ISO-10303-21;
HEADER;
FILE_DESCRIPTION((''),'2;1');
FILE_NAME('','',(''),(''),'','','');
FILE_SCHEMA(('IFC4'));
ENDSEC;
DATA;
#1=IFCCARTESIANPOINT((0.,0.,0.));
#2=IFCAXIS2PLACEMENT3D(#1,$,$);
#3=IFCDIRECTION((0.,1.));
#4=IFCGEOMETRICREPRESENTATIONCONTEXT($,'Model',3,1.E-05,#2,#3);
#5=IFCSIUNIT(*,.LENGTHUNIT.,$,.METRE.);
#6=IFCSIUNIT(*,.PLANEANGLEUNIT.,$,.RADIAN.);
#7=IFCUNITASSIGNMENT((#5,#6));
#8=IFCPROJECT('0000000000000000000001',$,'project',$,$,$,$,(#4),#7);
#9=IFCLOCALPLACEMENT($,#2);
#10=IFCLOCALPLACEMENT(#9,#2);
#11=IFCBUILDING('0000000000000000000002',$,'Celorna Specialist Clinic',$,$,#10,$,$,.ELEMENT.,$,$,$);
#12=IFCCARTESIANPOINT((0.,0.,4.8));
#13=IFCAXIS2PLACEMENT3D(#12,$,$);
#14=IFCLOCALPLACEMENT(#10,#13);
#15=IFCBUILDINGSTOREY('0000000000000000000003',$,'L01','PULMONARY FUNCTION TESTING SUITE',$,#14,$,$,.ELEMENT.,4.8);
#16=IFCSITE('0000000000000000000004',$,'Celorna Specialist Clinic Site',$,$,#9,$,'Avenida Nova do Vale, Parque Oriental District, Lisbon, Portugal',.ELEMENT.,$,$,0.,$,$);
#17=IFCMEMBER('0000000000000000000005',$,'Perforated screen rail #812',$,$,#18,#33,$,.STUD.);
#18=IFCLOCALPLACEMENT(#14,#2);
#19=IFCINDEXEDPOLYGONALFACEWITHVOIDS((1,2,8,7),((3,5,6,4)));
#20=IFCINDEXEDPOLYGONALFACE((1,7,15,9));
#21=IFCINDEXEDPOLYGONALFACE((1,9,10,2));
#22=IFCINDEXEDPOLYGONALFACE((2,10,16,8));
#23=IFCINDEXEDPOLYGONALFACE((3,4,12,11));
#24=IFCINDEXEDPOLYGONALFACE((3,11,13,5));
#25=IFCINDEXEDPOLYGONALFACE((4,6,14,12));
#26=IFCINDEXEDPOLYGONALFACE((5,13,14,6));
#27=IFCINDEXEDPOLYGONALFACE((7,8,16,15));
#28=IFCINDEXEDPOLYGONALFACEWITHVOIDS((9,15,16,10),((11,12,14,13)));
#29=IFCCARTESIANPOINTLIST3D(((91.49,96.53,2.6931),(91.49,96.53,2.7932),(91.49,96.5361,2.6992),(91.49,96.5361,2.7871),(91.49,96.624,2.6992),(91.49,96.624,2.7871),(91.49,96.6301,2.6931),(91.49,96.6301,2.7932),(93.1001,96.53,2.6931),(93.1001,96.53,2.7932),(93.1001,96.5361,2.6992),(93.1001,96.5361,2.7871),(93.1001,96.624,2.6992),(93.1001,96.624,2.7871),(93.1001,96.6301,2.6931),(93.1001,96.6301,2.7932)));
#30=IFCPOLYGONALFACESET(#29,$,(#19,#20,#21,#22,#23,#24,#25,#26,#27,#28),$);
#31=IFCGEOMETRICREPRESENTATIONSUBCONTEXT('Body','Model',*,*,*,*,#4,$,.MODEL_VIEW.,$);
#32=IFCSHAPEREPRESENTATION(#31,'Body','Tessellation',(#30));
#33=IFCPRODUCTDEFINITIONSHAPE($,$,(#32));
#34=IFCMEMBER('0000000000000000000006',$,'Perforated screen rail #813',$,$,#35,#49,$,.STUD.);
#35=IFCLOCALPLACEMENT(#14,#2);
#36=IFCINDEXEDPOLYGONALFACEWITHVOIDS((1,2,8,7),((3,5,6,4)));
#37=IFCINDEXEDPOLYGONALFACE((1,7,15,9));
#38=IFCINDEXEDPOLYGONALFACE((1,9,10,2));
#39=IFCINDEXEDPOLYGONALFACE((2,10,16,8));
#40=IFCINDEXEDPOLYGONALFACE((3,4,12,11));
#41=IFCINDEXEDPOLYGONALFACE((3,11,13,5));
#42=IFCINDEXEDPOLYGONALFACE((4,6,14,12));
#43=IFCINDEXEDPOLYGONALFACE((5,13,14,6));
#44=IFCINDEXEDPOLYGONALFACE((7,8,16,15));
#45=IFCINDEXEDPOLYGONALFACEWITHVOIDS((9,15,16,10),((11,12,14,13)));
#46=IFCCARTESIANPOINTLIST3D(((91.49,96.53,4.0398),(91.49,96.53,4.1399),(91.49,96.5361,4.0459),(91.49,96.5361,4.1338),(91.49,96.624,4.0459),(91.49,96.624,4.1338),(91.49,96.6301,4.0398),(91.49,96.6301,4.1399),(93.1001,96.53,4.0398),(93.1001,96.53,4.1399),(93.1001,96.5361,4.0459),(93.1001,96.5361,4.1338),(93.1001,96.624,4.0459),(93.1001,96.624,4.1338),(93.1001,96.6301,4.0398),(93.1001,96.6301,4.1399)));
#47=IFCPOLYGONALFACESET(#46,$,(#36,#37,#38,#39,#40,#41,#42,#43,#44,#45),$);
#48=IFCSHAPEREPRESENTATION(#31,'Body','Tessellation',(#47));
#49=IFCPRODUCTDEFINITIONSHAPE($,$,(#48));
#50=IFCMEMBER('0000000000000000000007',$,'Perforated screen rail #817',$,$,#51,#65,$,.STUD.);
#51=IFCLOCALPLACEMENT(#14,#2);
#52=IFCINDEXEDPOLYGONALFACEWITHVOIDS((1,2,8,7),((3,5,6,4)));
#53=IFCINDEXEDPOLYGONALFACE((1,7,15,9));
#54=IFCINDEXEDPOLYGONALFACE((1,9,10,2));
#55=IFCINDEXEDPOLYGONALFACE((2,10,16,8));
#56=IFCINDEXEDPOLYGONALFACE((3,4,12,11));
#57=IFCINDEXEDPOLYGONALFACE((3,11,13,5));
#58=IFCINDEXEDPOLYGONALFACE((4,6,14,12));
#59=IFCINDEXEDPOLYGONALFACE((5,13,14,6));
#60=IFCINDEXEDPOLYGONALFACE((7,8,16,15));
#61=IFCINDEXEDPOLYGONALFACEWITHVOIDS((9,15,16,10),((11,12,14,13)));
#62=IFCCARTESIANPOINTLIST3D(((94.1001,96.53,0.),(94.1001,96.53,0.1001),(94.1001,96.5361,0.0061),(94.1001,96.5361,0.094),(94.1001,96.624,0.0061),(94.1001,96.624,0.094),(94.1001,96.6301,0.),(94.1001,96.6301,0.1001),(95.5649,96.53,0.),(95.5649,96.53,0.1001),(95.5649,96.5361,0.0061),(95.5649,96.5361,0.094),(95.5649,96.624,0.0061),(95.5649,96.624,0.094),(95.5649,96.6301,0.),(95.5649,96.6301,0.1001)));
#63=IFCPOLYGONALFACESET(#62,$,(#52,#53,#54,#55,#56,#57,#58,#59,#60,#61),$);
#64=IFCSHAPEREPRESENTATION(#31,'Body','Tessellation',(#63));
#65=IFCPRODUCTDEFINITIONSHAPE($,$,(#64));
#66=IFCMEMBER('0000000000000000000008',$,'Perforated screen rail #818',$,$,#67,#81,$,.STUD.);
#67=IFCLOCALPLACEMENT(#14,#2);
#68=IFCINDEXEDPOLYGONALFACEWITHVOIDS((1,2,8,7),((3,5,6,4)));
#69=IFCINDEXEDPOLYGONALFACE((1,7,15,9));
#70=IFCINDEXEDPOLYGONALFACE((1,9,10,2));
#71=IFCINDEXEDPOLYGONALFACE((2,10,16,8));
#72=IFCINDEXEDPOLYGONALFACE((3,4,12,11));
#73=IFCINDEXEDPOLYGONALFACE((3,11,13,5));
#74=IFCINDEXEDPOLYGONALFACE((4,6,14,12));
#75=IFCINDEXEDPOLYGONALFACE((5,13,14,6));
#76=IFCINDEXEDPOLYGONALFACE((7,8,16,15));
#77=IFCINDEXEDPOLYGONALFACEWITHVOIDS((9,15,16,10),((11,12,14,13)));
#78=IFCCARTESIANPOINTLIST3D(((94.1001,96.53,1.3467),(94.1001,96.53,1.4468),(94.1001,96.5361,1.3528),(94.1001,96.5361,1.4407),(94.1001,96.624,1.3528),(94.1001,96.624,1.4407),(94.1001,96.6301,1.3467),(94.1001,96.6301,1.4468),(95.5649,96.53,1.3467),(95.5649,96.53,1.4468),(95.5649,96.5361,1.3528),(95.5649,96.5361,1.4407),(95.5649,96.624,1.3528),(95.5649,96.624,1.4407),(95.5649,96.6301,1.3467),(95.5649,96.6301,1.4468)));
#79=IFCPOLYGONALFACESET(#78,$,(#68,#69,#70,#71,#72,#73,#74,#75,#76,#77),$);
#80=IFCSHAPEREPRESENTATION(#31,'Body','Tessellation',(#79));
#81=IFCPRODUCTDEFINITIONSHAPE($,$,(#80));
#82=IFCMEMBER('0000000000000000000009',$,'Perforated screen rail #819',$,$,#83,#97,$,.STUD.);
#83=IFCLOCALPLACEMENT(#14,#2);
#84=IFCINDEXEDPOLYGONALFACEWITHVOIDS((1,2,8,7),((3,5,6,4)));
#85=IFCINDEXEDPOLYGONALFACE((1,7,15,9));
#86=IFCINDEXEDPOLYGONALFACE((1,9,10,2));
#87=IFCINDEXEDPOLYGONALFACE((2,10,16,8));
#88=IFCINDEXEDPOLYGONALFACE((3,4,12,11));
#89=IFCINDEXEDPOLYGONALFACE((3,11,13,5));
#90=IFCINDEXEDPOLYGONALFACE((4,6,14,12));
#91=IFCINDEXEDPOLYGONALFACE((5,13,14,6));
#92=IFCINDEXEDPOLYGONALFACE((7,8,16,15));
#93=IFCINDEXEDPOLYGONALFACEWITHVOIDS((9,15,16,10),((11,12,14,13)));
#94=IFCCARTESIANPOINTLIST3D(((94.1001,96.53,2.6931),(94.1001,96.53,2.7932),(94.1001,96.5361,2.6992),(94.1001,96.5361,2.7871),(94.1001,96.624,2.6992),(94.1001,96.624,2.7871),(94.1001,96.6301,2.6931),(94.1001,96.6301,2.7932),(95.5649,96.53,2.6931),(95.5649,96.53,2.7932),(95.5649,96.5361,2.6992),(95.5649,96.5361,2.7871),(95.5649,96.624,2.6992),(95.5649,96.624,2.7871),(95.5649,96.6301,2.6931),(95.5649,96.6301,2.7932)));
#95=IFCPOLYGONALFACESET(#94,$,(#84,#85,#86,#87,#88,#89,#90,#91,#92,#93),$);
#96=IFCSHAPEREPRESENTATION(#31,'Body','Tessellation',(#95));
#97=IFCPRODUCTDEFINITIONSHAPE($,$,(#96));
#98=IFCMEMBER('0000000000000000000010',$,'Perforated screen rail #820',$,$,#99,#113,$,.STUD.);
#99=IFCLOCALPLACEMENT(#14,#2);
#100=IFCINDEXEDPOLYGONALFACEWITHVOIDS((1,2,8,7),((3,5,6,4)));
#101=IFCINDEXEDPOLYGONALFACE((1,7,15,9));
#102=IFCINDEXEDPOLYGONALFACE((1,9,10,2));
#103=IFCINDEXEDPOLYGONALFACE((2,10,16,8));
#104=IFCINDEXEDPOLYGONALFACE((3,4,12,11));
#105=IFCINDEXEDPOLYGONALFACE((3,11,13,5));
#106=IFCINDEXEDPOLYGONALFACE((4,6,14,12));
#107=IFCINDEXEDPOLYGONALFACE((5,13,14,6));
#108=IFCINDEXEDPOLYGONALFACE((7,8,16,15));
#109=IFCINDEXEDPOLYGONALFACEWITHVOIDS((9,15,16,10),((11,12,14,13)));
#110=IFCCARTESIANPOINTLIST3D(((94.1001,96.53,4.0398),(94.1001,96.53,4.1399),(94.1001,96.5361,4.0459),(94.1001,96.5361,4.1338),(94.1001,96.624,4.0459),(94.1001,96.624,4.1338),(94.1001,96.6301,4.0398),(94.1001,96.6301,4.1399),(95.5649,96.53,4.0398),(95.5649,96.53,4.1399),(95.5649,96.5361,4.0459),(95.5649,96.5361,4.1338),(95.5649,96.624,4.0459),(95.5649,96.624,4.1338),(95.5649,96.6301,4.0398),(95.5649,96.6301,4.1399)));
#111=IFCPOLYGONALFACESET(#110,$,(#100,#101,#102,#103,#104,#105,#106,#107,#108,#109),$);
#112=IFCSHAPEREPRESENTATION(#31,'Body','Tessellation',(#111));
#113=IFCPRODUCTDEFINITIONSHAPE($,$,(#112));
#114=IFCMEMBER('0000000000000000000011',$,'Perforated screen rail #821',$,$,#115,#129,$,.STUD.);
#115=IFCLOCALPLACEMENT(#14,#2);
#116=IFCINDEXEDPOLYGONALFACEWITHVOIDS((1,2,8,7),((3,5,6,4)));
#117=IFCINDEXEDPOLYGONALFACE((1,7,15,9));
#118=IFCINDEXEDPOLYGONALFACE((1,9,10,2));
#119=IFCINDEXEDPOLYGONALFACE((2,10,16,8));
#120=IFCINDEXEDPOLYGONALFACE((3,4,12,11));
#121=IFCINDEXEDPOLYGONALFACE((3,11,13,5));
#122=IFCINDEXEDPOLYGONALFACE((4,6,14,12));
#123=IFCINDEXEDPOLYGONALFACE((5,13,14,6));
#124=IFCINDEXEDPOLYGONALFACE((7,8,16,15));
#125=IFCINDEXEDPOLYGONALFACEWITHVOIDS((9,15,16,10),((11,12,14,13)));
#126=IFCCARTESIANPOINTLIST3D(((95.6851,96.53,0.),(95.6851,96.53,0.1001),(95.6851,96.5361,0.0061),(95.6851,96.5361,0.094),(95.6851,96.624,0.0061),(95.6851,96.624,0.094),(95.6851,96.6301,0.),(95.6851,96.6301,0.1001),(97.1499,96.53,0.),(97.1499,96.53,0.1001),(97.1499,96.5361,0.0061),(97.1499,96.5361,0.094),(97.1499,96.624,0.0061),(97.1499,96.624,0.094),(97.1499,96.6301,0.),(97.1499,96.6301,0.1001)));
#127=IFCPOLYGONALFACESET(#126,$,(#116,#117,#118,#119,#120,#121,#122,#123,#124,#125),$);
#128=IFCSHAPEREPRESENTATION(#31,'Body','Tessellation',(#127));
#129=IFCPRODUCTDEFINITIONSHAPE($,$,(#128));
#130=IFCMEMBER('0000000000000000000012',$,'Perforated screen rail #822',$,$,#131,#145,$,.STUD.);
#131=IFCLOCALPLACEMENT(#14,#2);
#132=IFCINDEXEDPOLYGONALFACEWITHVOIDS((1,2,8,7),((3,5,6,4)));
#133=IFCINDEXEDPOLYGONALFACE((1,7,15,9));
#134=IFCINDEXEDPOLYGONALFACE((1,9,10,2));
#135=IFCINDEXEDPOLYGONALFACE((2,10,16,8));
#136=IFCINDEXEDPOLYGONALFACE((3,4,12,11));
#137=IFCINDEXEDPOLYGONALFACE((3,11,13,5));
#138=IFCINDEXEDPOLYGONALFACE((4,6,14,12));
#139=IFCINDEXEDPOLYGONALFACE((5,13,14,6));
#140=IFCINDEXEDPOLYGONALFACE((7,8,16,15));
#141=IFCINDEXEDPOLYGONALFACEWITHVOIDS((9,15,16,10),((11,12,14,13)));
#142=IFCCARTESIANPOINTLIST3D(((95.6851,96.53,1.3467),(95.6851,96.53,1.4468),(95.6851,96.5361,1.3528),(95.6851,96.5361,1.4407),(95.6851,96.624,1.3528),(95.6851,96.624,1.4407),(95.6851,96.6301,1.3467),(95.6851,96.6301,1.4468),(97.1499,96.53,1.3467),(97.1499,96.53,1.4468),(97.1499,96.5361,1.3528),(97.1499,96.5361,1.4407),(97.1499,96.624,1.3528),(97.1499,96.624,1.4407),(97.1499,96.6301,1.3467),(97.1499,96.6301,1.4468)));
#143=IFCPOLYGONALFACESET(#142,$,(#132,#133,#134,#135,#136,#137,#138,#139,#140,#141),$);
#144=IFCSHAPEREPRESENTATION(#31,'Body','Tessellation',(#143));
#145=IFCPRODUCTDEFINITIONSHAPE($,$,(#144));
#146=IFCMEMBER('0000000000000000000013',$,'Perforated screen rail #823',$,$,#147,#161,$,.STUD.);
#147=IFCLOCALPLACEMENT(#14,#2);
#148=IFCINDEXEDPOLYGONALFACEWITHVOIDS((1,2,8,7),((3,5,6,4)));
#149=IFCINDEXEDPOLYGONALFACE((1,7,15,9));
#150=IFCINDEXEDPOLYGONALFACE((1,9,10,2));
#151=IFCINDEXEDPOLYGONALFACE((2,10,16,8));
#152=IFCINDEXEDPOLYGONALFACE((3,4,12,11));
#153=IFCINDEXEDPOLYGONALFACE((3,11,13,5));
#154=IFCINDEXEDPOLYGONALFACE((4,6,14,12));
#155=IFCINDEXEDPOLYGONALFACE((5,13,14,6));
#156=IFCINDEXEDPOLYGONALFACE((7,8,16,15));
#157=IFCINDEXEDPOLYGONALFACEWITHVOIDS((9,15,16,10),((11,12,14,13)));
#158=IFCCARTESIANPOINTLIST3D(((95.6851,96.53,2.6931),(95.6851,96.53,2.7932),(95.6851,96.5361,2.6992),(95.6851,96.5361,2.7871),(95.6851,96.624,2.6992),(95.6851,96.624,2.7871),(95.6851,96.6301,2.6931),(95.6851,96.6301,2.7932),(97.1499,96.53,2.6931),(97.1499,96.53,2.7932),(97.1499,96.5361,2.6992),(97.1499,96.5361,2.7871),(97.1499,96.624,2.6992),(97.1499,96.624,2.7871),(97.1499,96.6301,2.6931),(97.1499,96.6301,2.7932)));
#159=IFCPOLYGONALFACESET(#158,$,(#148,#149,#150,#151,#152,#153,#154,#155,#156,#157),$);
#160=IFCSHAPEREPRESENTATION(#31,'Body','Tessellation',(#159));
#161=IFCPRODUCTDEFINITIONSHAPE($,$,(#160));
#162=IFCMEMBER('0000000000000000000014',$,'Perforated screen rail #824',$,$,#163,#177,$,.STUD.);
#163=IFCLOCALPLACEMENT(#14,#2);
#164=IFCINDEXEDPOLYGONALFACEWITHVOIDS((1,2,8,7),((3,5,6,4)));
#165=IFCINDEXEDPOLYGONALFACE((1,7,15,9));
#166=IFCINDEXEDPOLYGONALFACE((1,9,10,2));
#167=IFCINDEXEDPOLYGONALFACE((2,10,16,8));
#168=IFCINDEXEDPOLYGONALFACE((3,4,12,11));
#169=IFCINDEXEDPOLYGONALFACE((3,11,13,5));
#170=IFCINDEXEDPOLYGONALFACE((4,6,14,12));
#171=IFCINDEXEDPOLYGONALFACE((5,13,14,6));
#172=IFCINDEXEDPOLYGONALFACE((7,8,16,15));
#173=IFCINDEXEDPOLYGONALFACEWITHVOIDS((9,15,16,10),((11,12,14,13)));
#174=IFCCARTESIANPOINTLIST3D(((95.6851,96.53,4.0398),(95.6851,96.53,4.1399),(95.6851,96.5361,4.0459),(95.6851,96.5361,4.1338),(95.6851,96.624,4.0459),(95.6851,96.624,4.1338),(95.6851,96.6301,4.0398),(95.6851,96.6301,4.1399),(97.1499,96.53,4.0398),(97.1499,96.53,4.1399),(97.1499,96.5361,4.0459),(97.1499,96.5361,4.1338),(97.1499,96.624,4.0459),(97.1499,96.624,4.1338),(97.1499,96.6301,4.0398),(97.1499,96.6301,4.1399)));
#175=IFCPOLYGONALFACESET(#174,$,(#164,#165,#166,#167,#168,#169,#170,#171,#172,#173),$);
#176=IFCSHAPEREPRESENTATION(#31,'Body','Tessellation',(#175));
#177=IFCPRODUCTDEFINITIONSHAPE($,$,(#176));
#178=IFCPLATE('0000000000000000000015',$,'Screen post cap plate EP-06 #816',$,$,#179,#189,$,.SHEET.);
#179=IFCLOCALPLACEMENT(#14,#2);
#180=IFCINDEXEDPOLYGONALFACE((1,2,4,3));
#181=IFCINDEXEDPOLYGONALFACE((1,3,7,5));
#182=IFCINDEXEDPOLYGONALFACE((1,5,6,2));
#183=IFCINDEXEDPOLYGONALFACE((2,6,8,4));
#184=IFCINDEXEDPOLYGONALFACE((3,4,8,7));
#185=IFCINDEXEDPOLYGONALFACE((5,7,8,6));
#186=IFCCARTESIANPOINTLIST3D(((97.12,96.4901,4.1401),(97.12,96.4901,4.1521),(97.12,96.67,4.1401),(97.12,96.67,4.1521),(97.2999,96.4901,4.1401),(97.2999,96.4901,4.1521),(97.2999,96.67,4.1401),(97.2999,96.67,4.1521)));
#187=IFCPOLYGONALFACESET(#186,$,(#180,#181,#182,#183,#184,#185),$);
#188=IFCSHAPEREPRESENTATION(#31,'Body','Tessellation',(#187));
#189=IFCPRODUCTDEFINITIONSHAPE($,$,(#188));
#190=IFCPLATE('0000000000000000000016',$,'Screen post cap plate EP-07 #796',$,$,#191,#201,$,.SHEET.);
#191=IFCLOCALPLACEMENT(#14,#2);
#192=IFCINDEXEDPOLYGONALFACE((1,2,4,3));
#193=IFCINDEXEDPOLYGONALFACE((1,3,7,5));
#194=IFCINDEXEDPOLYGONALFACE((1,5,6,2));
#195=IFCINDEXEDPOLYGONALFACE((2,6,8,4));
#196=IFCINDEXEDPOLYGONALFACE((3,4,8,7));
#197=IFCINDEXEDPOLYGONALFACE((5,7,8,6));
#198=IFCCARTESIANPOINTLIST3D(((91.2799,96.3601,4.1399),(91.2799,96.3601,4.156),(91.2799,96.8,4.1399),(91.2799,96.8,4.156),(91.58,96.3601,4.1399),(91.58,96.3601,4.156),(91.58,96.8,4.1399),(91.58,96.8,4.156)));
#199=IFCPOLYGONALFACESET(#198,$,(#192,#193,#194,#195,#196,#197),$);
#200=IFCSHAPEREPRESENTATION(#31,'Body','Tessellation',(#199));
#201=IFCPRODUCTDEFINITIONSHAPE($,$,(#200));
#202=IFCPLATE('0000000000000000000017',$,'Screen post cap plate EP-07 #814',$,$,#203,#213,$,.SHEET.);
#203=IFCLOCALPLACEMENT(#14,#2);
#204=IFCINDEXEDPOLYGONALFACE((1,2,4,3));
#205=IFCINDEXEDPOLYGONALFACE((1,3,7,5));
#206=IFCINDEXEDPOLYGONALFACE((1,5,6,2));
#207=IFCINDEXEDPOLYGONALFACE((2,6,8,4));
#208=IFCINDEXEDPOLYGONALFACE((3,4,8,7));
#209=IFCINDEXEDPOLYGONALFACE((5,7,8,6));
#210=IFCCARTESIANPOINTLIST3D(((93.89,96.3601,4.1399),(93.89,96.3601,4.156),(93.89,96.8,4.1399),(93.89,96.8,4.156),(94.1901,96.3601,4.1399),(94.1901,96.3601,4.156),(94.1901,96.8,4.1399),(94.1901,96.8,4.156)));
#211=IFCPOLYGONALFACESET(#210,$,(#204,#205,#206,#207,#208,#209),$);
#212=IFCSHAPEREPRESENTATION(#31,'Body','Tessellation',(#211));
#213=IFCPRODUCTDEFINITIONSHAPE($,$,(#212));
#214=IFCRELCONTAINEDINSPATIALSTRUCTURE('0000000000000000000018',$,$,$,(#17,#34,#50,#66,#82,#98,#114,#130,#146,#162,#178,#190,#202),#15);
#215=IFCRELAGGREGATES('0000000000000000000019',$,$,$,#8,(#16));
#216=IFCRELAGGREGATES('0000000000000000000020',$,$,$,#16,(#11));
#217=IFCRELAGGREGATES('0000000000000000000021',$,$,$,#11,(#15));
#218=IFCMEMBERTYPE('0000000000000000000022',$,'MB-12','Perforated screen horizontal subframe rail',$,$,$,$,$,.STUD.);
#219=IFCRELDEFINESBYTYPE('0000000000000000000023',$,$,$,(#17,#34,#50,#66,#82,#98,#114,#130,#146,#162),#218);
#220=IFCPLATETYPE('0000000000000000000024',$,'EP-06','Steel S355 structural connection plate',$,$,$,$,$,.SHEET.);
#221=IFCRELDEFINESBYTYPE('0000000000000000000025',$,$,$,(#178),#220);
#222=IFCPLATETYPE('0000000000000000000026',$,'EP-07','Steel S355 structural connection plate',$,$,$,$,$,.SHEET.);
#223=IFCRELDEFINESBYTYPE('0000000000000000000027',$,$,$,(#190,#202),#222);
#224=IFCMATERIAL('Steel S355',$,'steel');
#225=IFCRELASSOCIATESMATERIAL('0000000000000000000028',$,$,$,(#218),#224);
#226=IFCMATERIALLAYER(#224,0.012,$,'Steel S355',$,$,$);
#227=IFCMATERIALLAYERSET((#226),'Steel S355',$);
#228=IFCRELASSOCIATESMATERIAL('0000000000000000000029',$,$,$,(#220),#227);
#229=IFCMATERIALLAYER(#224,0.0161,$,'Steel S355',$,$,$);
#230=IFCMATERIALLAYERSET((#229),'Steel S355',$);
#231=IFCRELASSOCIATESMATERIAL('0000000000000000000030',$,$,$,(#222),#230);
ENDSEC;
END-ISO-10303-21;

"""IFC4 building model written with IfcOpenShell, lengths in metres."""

from ifc_helpers import new_model, si_unit, direction, frame, origin, origin_2d, place, context, subcontext, project, spatial, rectangle, hollow_rectangle, extrude, material, layer, layer_set, material_profile, profile_set, type_object, element, save


model = new_model("IFC4")

# Units and contexts
model_context = context("Model", 3, precision=1e-05, world=origin(), true_north=direction((0.0, 1.0)))
body_context = subcontext(model_context, "Body", "Model", "MODEL_VIEW")
ifc_project = project(units=[si_unit("LENGTHUNIT", "METRE"), si_unit("PLANEANGLEUNIT", "RADIAN")], contexts=[model_context])

# Site, building, storey
site_placement = place(None, origin())
site = spatial("IfcSite", under=ifc_project, at=site_placement, Name="Celorna Specialist Clinic Site", LongName="Avenida Nova do Vale, Parque Oriental District, Lisbon, Portugal", CompositionType="ELEMENT", RefElevation=0.0)
building_placement = place(site_placement, origin())
building = spatial("IfcBuilding", under=site, at=building_placement, Name="Celorna Specialist Clinic", CompositionType="ELEMENT")
storey_placement = place(building_placement, frame((0.0, 0.0, 4.8)))
storey = spatial("IfcBuildingStorey", under=building, at=storey_placement, Name="L01", Description="PULMONARY FUNCTION TESTING SUITE", CompositionType="ELEMENT", Elevation=4.8)

# Shared definitions
ifc_material_1 = material(Name="Steel S355", Category="steel")

# Members
ifc_material_profile_1 = material_profile(ifc_material_1, hollow_rectangle(XDim=0.1001, YDim=0.1001, WallThickness=0.0061, at=origin_2d()), Name="SHS 100x100x6")
ifc_profile_set_1 = profile_set([ifc_material_profile_1], Name="Steel S355")
member_type_1 = type_object("IfcMemberType", Name="MB-12", Description="Perforated screen horizontal subframe rail", PredefinedType="STUD", material=ifc_profile_set_1)
for number, where, z_axis, x_axis, name in (
    (1, (91.49, 96.5801, 2.7432), (1.0, 0.0, 0.0), (0.0, 1.0, 0.0), "Perforated screen rail #812"),
    (2, (91.49, 96.5801, 4.0898), (1.0, 0.0, 0.0), (0.0, 1.0, 0.0), "Perforated screen rail #813"),
):
    element("IfcMember", number, at=place(storey_placement, frame(where, z_axis=z_axis, x_axis=x_axis)), inside=storey, type_object=member_type_1, Name=name, PredefinedType="STUD", context=body_context, shape_type="SweptSolid", body=[
        extrude(hollow_rectangle(XDim=0.1001, YDim=0.1001, WallThickness=0.0061, at=origin_2d()), origin(), (0.0, 0.0, 1.0), 1.6101),
    ])
for number, where, z_axis, x_axis, name in (
    (3, (94.1001, 96.5801, 0.05), (1.0, 0.0, 0.0), (0.0, 1.0, 0.0), "Perforated screen rail #817"),
    (4, (94.1001, 96.5801, 1.3967), (1.0, 0.0, 0.0), (0.0, 1.0, 0.0), "Perforated screen rail #818"),
    (5, (94.1001, 96.5801, 2.7432), (1.0, 0.0, 0.0), (0.0, 1.0, 0.0), "Perforated screen rail #819"),
    (6, (94.1001, 96.5801, 4.0898), (1.0, 0.0, 0.0), (0.0, 1.0, 0.0), "Perforated screen rail #820"),
    (7, (95.6851, 96.5801, 0.05), (1.0, 0.0, 0.0), (0.0, 1.0, 0.0), "Perforated screen rail #821"),
    (8, (95.6851, 96.5801, 1.3967), (1.0, 0.0, 0.0), (0.0, 1.0, 0.0), "Perforated screen rail #822"),
    (9, (95.6851, 96.5801, 2.7432), (1.0, 0.0, 0.0), (0.0, 1.0, 0.0), "Perforated screen rail #823"),
    (10, (95.6851, 96.5801, 4.0898), (1.0, 0.0, 0.0), (0.0, 1.0, 0.0), "Perforated screen rail #824"),
):
    element("IfcMember", number, at=place(storey_placement, frame(where, z_axis=z_axis, x_axis=x_axis)), inside=storey, type_object=member_type_1, Name=name, PredefinedType="STUD", context=body_context, shape_type="SweptSolid", body=[
        extrude(hollow_rectangle(XDim=0.1001, YDim=0.1001, WallThickness=0.0061, at=origin_2d()), origin(), (0.0, 0.0, 1.0), 1.4648),
    ])

# Plates
ifc_layer_1 = layer(ifc_material_1, 0.012, Name="Steel S355")
ifc_layer_set_1 = layer_set([ifc_layer_1], Name="Steel S355")
plate_type_1 = type_object("IfcPlateType", Name="EP-06", Description="Steel S355 structural connection plate", PredefinedType="SHEET", material=ifc_layer_set_1)
plate_placement = place(storey_placement, frame((97.21, 96.5801, 4.1401), z_axis=(0.0, 0.0, 1.0), x_axis=(1.0, 0.0, 0.0)))
element("IfcPlate", 11, at=plate_placement, inside=storey, type_object=plate_type_1, Name="Screen post cap plate EP-06 #816", PredefinedType="SHEET", context=body_context, shape_type="SweptSolid", body=[
    extrude(rectangle(XDim=0.1799, YDim=0.1799, at=origin_2d()), origin(), (0.0, 0.0, 1.0), 0.012),
])
ifc_layer_2 = layer(ifc_material_1, 0.0161, Name="Steel S355")
ifc_layer_set_2 = layer_set([ifc_layer_2], Name="Steel S355")
plate_type_2 = type_object("IfcPlateType", Name="EP-07", Description="Steel S355 structural connection plate", PredefinedType="SHEET", material=ifc_layer_set_2)
for number, where, z_axis, x_axis, name in (
    (12, (91.4299, 96.5801, 4.1399), (0.0, 0.0, 1.0), (1.0, 0.0, 0.0), "Screen post cap plate EP-07 #796"),
    (13, (94.04, 96.5801, 4.1399), (0.0, 0.0, 1.0), (1.0, 0.0, 0.0), "Screen post cap plate EP-07 #814"),
):
    element("IfcPlate", number, at=place(storey_placement, frame(where, z_axis=z_axis, x_axis=x_axis)), inside=storey, type_object=plate_type_2, Name=name, PredefinedType="SHEET", context=body_context, shape_type="SweptSolid", body=[
        extrude(rectangle(XDim=0.3, YDim=0.4399, at=origin_2d()), origin(), (0.0, 0.0, 1.0), 0.0161),
    ])

save(model, "model.ifc")
